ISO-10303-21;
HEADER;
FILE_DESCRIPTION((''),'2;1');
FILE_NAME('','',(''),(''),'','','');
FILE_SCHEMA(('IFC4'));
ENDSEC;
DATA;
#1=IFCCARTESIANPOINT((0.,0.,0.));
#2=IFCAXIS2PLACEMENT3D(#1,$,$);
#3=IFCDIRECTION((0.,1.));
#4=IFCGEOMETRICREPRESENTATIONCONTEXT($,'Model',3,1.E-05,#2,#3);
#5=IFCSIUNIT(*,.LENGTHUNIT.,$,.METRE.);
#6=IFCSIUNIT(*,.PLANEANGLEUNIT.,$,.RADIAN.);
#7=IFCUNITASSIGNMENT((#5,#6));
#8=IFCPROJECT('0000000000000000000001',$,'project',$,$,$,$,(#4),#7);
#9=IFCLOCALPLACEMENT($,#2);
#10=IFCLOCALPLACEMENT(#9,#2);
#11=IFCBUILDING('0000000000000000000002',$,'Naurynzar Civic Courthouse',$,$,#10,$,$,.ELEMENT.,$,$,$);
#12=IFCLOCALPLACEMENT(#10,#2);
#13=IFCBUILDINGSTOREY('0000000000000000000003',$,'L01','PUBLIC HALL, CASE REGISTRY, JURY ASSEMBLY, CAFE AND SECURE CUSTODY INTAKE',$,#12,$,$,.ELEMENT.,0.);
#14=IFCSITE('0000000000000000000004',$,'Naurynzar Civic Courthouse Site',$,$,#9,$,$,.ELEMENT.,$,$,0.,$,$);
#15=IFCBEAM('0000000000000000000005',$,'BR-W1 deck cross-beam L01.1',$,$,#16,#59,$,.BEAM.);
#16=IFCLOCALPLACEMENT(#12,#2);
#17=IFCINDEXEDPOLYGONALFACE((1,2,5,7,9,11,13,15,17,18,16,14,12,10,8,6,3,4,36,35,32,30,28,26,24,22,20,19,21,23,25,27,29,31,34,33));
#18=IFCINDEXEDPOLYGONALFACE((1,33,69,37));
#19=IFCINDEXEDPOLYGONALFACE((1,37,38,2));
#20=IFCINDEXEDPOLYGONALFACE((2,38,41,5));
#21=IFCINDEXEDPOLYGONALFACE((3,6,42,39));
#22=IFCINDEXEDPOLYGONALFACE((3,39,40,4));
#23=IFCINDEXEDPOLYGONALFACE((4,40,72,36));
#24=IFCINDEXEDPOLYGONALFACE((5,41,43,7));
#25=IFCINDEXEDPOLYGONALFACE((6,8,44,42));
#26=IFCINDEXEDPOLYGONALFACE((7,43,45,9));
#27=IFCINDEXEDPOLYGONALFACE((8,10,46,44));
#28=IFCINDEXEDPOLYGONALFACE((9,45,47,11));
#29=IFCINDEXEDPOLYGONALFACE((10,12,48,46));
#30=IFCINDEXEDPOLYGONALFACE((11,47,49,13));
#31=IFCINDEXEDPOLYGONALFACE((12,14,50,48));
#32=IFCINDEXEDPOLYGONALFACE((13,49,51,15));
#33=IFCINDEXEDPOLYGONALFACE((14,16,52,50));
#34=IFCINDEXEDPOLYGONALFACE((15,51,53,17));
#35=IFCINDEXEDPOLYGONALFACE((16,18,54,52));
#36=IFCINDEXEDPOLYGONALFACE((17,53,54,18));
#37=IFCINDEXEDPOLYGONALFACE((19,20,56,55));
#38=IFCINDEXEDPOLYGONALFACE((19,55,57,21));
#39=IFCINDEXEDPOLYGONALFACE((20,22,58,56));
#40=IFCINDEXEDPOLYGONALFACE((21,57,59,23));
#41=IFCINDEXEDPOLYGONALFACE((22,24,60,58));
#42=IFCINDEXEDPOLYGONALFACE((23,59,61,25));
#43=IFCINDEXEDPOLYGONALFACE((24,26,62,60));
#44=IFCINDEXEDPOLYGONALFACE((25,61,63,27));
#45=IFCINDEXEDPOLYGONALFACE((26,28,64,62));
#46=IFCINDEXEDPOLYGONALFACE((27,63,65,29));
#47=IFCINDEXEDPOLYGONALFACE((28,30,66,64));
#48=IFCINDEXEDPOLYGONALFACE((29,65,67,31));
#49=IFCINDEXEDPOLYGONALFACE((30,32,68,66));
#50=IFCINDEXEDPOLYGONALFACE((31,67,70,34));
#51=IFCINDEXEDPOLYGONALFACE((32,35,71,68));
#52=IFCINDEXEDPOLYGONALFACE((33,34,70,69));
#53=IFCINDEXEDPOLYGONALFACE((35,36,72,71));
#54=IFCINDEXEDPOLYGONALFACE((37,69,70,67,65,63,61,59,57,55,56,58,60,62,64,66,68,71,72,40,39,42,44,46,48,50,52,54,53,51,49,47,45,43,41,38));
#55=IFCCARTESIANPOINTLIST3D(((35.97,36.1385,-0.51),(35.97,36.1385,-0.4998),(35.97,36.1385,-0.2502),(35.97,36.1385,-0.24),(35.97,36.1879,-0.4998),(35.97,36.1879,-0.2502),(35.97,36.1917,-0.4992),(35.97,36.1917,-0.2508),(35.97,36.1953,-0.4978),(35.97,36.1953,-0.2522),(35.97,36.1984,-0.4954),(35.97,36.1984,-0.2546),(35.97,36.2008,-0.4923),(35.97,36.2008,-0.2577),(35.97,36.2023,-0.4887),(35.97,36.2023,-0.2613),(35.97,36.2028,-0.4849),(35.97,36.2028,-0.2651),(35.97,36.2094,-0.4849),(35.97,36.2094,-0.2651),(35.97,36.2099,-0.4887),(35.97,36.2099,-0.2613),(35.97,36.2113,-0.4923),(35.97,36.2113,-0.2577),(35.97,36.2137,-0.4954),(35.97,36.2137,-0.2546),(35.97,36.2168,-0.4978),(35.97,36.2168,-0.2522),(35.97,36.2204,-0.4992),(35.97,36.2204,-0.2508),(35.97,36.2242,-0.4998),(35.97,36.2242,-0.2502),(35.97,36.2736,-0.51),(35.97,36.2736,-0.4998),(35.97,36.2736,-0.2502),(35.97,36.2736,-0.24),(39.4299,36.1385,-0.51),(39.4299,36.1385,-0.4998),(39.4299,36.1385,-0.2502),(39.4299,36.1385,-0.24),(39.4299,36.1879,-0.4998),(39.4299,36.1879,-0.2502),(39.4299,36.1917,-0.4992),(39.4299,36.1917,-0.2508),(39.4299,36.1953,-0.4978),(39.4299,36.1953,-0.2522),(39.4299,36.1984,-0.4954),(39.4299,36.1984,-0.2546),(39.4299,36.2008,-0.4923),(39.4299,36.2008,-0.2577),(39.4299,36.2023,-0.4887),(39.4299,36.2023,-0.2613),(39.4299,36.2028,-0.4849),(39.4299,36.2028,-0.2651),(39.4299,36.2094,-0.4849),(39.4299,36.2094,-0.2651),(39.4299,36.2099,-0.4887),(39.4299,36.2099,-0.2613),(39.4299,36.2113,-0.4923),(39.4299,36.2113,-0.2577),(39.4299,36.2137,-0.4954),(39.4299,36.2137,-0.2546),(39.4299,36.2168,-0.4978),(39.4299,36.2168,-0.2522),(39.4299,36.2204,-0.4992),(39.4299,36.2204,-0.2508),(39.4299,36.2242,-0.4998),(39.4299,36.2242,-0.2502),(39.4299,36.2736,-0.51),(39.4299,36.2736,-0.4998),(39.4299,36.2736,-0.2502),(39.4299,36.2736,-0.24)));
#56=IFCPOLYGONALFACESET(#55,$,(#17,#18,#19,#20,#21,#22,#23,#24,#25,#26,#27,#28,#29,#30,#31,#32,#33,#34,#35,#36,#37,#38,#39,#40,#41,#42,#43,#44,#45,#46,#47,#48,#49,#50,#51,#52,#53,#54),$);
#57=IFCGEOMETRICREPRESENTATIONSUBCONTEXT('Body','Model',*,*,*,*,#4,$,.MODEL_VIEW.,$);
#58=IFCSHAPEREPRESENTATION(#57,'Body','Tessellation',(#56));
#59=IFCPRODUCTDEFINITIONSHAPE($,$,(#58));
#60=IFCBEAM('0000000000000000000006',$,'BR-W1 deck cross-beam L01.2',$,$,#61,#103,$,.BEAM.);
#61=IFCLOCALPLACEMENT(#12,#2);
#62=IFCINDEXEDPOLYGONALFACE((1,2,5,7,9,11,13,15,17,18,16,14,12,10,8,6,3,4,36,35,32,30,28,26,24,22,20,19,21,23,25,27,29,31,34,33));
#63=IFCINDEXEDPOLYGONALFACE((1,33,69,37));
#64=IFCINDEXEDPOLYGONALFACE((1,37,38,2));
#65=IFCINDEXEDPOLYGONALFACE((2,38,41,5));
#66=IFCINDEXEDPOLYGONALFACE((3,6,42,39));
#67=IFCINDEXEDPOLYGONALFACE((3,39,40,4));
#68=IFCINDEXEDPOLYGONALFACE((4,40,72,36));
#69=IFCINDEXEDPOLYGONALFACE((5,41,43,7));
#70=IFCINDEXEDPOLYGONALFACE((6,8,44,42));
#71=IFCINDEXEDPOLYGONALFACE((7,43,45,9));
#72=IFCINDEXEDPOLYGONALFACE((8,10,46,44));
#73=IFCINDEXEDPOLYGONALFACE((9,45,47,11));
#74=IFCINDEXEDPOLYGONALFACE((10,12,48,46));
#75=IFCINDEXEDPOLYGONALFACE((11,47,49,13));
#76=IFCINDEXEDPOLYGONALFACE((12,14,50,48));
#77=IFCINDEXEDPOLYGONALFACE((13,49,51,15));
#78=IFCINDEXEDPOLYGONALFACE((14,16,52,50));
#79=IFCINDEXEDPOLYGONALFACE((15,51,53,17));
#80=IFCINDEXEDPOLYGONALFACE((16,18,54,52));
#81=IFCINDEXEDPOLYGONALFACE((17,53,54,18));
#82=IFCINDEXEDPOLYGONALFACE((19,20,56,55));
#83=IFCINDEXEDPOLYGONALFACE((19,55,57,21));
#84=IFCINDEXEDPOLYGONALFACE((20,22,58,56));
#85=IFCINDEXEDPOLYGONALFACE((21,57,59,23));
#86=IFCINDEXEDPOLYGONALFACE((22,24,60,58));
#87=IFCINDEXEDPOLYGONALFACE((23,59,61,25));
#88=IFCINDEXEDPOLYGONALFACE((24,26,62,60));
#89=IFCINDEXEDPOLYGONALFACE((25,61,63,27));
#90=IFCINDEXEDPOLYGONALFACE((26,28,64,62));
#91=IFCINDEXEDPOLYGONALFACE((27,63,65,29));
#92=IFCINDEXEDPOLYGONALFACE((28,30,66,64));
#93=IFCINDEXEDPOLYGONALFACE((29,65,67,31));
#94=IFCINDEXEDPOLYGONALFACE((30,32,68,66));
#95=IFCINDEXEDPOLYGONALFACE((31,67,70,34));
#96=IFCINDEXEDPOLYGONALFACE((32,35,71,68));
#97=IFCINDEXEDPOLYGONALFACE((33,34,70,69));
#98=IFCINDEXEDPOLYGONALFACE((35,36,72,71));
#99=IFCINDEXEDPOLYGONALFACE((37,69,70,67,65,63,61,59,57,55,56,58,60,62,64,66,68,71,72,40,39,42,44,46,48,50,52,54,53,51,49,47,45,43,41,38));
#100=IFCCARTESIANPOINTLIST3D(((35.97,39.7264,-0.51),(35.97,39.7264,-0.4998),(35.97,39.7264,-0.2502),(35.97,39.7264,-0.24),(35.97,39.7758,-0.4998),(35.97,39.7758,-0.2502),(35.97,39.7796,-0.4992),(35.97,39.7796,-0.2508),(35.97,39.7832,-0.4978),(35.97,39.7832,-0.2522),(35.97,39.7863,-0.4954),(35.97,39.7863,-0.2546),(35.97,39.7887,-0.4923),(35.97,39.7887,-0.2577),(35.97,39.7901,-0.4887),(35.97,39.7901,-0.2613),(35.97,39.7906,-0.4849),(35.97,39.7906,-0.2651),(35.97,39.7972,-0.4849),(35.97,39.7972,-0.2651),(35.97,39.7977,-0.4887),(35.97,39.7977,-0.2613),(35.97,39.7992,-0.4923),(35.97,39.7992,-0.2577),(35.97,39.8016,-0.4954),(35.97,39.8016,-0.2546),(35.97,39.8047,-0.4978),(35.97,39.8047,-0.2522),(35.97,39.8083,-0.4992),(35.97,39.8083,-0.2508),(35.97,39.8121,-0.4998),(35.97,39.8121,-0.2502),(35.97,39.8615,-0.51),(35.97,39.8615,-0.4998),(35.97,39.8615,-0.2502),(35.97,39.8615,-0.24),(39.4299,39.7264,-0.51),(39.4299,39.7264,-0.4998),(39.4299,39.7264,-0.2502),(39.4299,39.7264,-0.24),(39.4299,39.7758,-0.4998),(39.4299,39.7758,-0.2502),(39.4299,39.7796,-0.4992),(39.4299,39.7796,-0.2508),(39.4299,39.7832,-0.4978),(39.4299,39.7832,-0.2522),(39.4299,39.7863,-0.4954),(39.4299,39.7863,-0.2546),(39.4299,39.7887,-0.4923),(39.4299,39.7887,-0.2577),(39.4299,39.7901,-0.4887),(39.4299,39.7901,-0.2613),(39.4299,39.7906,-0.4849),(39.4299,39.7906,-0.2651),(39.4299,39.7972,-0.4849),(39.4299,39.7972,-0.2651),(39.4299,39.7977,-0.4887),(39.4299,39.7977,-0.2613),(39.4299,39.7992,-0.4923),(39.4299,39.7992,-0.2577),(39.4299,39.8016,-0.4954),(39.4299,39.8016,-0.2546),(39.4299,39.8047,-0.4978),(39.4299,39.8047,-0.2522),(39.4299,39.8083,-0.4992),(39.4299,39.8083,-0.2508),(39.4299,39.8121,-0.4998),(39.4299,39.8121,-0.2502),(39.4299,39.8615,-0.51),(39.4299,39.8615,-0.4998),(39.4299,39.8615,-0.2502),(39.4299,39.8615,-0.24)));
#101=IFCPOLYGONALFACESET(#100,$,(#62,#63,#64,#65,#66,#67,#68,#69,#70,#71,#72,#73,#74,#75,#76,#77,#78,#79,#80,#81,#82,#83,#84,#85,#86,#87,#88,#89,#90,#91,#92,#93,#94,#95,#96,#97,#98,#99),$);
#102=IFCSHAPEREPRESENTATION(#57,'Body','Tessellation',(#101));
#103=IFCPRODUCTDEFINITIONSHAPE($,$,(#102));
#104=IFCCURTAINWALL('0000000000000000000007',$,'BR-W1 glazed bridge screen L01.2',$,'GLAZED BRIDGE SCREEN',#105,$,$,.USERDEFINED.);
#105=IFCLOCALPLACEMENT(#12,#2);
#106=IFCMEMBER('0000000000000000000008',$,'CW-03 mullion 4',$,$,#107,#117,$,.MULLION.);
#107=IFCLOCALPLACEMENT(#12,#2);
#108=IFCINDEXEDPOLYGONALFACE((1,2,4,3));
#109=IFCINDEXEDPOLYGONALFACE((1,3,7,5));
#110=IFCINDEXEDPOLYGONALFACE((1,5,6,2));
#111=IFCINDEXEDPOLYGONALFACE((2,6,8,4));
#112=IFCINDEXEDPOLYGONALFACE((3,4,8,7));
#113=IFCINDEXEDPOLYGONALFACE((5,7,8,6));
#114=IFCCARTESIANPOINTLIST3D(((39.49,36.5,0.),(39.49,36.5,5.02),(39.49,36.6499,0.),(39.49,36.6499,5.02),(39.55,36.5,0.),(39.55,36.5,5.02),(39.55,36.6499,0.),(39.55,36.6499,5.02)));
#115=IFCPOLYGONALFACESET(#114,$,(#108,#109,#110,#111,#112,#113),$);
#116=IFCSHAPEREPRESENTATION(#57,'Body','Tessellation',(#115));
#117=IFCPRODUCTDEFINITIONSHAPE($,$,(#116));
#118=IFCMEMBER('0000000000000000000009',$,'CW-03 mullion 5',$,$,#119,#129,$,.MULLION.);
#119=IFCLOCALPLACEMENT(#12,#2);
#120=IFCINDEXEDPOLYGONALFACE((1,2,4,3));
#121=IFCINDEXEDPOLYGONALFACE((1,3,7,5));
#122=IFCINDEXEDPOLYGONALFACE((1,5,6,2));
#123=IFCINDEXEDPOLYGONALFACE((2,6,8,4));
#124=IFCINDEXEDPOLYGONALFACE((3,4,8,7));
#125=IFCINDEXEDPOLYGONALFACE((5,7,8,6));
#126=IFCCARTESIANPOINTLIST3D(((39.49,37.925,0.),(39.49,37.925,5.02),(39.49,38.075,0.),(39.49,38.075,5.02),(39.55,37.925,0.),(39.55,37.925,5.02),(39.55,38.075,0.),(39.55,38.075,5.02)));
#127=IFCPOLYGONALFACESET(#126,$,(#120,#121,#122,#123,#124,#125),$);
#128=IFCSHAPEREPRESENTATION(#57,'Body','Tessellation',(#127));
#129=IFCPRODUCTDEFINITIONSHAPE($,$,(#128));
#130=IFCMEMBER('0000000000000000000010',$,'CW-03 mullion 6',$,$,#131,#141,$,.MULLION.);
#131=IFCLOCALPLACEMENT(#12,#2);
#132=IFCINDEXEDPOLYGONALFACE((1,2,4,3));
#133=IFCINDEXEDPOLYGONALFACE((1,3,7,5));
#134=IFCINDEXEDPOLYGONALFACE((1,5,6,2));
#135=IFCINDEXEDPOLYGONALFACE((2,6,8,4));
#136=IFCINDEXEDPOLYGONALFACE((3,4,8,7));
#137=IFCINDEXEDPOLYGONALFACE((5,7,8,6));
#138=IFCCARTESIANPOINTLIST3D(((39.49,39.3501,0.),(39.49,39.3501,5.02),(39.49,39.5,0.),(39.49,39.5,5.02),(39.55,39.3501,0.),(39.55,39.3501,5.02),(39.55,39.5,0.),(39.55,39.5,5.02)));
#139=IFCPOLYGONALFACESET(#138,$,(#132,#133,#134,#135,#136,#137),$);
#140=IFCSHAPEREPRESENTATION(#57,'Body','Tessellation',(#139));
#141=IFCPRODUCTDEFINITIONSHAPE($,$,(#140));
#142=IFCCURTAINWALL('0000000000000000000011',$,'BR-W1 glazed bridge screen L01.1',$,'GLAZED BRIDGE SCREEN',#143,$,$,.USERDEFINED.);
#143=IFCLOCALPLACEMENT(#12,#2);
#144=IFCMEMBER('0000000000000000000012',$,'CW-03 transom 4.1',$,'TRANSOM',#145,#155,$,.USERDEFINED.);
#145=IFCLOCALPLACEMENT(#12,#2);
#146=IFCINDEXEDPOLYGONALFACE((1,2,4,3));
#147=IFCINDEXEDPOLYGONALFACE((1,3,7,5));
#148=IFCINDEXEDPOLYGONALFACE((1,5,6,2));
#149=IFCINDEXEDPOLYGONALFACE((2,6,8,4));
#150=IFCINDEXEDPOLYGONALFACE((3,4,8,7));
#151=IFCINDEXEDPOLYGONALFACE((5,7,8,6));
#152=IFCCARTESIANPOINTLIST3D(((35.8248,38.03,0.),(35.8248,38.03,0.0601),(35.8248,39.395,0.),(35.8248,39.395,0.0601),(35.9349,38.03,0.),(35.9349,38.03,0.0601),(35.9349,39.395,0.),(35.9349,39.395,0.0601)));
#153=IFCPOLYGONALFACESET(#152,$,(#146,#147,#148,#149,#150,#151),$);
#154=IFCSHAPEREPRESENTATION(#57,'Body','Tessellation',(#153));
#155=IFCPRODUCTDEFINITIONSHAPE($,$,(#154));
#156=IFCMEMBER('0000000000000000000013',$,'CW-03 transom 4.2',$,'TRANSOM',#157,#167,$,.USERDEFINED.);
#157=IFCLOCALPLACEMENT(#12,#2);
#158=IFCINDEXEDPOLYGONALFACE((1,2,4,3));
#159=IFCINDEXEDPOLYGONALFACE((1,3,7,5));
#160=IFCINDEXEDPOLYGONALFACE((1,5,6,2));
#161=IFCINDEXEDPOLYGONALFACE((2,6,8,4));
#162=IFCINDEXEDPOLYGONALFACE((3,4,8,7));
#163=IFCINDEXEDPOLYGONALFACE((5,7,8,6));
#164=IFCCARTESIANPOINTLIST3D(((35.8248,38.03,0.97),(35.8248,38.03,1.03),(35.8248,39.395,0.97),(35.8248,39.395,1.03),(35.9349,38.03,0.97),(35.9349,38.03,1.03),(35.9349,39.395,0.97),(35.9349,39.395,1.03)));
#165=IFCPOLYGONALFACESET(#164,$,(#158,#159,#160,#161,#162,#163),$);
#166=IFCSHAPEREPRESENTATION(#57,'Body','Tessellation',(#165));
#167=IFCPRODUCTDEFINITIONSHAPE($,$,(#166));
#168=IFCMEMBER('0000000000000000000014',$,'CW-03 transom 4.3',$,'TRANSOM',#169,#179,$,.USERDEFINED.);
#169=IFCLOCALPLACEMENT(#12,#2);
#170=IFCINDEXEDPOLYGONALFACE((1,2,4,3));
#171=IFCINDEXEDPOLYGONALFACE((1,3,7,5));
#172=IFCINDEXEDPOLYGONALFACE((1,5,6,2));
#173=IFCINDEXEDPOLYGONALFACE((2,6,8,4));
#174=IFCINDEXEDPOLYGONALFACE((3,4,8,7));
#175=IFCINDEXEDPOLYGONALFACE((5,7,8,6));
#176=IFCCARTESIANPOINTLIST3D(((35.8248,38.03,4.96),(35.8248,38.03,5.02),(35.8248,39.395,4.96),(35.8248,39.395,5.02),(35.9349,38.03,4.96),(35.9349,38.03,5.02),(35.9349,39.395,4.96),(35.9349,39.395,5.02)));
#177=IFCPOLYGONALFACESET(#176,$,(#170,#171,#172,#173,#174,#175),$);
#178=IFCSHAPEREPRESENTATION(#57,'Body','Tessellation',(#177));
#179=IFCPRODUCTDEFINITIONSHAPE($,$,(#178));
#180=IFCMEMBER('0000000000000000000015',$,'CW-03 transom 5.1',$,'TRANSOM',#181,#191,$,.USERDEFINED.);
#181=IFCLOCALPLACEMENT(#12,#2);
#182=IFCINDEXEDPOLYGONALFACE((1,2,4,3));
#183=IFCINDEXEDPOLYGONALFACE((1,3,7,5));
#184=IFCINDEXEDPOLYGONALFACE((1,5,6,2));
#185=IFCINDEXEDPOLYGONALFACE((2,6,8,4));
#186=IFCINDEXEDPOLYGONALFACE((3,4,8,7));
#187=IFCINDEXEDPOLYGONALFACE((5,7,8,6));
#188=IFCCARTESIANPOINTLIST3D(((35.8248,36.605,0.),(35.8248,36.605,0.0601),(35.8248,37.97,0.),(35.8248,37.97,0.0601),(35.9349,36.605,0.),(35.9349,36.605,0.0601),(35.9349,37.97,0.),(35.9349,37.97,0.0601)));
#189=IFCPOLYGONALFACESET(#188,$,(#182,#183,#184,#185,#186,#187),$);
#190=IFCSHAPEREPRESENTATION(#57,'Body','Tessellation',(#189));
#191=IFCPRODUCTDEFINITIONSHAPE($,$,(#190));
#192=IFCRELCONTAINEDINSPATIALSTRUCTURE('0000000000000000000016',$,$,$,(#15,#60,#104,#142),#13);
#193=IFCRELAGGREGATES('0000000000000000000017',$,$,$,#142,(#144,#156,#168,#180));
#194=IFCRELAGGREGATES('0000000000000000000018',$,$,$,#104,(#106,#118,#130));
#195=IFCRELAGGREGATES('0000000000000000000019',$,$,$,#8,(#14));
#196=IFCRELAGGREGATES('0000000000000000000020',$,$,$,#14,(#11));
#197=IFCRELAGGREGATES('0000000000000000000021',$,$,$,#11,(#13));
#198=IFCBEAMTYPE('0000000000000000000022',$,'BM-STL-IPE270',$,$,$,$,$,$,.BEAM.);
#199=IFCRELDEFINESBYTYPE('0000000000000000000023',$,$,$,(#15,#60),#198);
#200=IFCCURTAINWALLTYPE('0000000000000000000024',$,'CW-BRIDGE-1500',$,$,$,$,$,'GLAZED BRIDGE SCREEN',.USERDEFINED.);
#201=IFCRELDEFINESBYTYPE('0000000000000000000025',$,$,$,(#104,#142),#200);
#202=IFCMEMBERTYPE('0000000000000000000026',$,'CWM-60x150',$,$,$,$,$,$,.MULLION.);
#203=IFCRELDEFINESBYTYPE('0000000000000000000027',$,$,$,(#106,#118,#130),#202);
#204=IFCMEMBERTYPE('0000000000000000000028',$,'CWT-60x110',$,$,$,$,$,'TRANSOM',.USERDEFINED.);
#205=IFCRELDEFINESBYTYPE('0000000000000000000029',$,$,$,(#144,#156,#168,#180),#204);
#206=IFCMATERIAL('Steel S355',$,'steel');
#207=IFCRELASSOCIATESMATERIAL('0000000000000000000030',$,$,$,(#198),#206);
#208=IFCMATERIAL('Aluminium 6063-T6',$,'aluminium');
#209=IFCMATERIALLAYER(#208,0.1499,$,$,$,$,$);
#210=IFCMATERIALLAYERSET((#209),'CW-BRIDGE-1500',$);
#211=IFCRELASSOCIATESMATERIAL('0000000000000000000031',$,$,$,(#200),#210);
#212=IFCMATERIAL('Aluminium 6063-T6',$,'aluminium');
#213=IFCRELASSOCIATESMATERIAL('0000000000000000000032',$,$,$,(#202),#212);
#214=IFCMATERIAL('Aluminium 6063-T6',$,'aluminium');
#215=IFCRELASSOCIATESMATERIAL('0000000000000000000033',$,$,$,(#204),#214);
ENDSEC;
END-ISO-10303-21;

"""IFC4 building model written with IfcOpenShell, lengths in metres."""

from ifc_helpers import new_model, si_unit, direction, frame, origin, origin_2d, place, context, subcontext, project, spatial, rectangle, i_section, extrude, material, layer, layer_set, material_profile, profile_set, type_object, element, aggregate, save


model = new_model("IFC4")

# Units and contexts
model_context = context("Model", 3, precision=1e-05, world=origin(), true_north=direction((0.0, 1.0)))
body_context = subcontext(model_context, "Body", "Model", "MODEL_VIEW")
ifc_project = project(units=[si_unit("LENGTHUNIT", "METRE"), si_unit("PLANEANGLEUNIT", "RADIAN")], contexts=[model_context])

# Site, building, storey
site_placement = place(None, origin())
site = spatial("IfcSite", under=ifc_project, at=site_placement, Name="Naurynzar Civic Courthouse Site", CompositionType="ELEMENT", RefElevation=0.0)
building_placement = place(site_placement, origin())
building = spatial("IfcBuilding", under=site, at=building_placement, Name="Naurynzar Civic Courthouse", CompositionType="ELEMENT")
storey_placement = place(building_placement, origin())
storey = spatial("IfcBuildingStorey", under=building, at=storey_placement, Name="L01", Description="PUBLIC HALL, CASE REGISTRY, JURY ASSEMBLY, CAFE AND SECURE CUSTODY INTAKE", CompositionType="ELEMENT", Elevation=0.0)

# Beams
ifc_material_1 = material(Name="Steel S355", Category="steel")
ifc_material_profile_1 = material_profile(ifc_material_1, i_section(OverallWidth=0.135, OverallDepth=0.27, WebThickness=0.0066, FlangeThickness=0.0103, FilletRadius=0.0149, at=origin_2d()), Name="IPE 270")
ifc_profile_set_1 = profile_set([ifc_material_profile_1], Name="Steel S355")
beam_type = type_object("IfcBeamType", Name="BM-STL-IPE270", PredefinedType="BEAM", material=ifc_profile_set_1)
for number, where, z_axis, x_axis, name in (
    (1, (35.97, 36.2061, -0.375), (1.0, 0.0, 0.0), (0.0, 1.0, 0.0), "BR-W1 deck cross-beam L01.1"),
    (2, (35.97, 39.7939, -0.375), (1.0, 0.0, 0.0), (0.0, 1.0, 0.0), "BR-W1 deck cross-beam L01.2"),
):
    element("IfcBeam", number, at=place(storey_placement, frame(where, z_axis=z_axis, x_axis=x_axis)), inside=storey, type_object=beam_type, Name=name, PredefinedType="BEAM", context=body_context, shape_type="SweptSolid", body=[
        extrude(i_section(OverallWidth=0.135, OverallDepth=0.27, WebThickness=0.0066, FlangeThickness=0.0103, FilletRadius=0.0149, at=origin_2d()), origin(), (0.0, 0.0, 1.0), 3.46),
    ])

# Curtain walls, members
ifc_material_2 = material(Name="Aluminium 6063-T6", Category="aluminium")
ifc_layer_1 = layer(ifc_material_2, 0.1499)
ifc_layer_set_1 = layer_set([ifc_layer_1], Name="CW-BRIDGE-1500")
curtain_wall_type = type_object("IfcCurtainWallType", Name="CW-BRIDGE-1500", ElementType="GLAZED BRIDGE SCREEN", PredefinedType="USERDEFINED", material=ifc_layer_set_1)
curtain_wall_1_placement = place(storey_placement, origin())
curtain_wall_1 = element("IfcCurtainWall", 3, at=curtain_wall_1_placement, inside=storey, type_object=curtain_wall_type, Name="BR-W1 glazed bridge screen L01.2", ObjectType="GLAZED BRIDGE SCREEN", PredefinedType="USERDEFINED")
ifc_material_3 = material(Name="Aluminium 6063-T6", Category="aluminium")
ifc_material_profile_2 = material_profile(ifc_material_3, rectangle(XDim=0.0601, YDim=0.1499, at=origin_2d()), Name="ALU MULLION 60x150")
ifc_profile_set_2 = profile_set([ifc_material_profile_2], Name="Aluminium 6063-T6")
member_type_1 = type_object("IfcMemberType", Name="CWM-60x150", PredefinedType="MULLION", material=ifc_profile_set_2)
member_1_placement = place(storey_placement, frame((39.52, 36.575, 0.0), z_axis=(0.0, 0.0, 1.0), x_axis=(-1.0, 0.0, 0.0)))
member_1 = element("IfcMember", 4, at=member_1_placement, type_object=member_type_1, Name="CW-03 mullion 4", PredefinedType="MULLION", context=body_context, shape_type="SweptSolid", body=[
    extrude(rectangle(XDim=0.0601, YDim=0.1499, at=origin_2d()), origin(), (0.0, 0.0, 1.0), 5.02),
])
member_2_placement = place(storey_placement, frame((39.52, 38.0, 0.0), z_axis=(0.0, 0.0, 1.0), x_axis=(-1.0, 0.0, 0.0)))
member_2 = element("IfcMember", 5, at=member_2_placement, type_object=member_type_1, Name="CW-03 mullion 5", PredefinedType="MULLION", context=body_context, shape_type="SweptSolid", body=[
    extrude(rectangle(XDim=0.0601, YDim=0.1499, at=origin_2d()), origin(), (0.0, 0.0, 1.0), 5.02),
])
member_3_placement = place(storey_placement, frame((39.52, 39.425, 0.0), z_axis=(0.0, 0.0, 1.0), x_axis=(-1.0, 0.0, 0.0)))
member_3 = element("IfcMember", 6, at=member_3_placement, type_object=member_type_1, Name="CW-03 mullion 6", PredefinedType="MULLION", context=body_context, shape_type="SweptSolid", body=[
    extrude(rectangle(XDim=0.0601, YDim=0.1499, at=origin_2d()), origin(), (0.0, 0.0, 1.0), 5.02),
])
curtain_wall_2_placement = place(storey_placement, origin())
curtain_wall_2 = element("IfcCurtainWall", 7, at=curtain_wall_2_placement, inside=storey, type_object=curtain_wall_type, Name="BR-W1 glazed bridge screen L01.1", ObjectType="GLAZED BRIDGE SCREEN", PredefinedType="USERDEFINED")
ifc_material_4 = material(Name="Aluminium 6063-T6", Category="aluminium")
ifc_material_profile_3 = material_profile(ifc_material_4, rectangle(XDim=0.1101, YDim=0.0601, at=origin_2d()), Name="ALU TRANSOM 60x110")
ifc_profile_set_3 = profile_set([ifc_material_profile_3], Name="Aluminium 6063-T6")
member_type_2 = type_object("IfcMemberType", Name="CWT-60x110", ElementType="TRANSOM", PredefinedType="USERDEFINED", material=ifc_profile_set_3)
member_4_placement = place(storey_placement, frame((35.8799, 39.395, 0.03), z_axis=(0.0, -1.0, 0.0), x_axis=(1.0, 0.0, 0.0)))
member_4 = element("IfcMember", 8, at=member_4_placement, type_object=member_type_2, Name="CW-03 transom 4.1", ObjectType="TRANSOM", PredefinedType="USERDEFINED", context=body_context, shape_type="SweptSolid", body=[
    extrude(rectangle(XDim=0.1101, YDim=0.0601, at=origin_2d()), origin(), (0.0, 0.0, 1.0), 1.365),
])
member_5_placement = place(storey_placement, frame((35.8799, 39.395, 1.0), z_axis=(0.0, -1.0, 0.0), x_axis=(1.0, 0.0, 0.0)))
member_5 = element("IfcMember", 9, at=member_5_placement, type_object=member_type_2, Name="CW-03 transom 4.2", ObjectType="TRANSOM", PredefinedType="USERDEFINED", context=body_context, shape_type="SweptSolid", body=[
    extrude(rectangle(XDim=0.1101, YDim=0.0601, at=origin_2d()), origin(), (0.0, 0.0, 1.0), 1.365),
])
member_6_placement = place(storey_placement, frame((35.8799, 39.395, 4.99), z_axis=(0.0, -1.0, 0.0), x_axis=(1.0, 0.0, 0.0)))
member_6 = element("IfcMember", 10, at=member_6_placement, type_object=member_type_2, Name="CW-03 transom 4.3", ObjectType="TRANSOM", PredefinedType="USERDEFINED", context=body_context, shape_type="SweptSolid", body=[
    extrude(rectangle(XDim=0.1101, YDim=0.0601, at=origin_2d()), origin(), (0.0, 0.0, 1.0), 1.365),
])
member_7_placement = place(storey_placement, frame((35.8799, 37.97, 0.03), z_axis=(0.0, -1.0, 0.0), x_axis=(1.0, 0.0, 0.0)))
member_7 = element("IfcMember", 11, at=member_7_placement, type_object=member_type_2, Name="CW-03 transom 5.1", ObjectType="TRANSOM", PredefinedType="USERDEFINED", context=body_context, shape_type="SweptSolid", body=[
    extrude(rectangle(XDim=0.1101, YDim=0.0601, at=origin_2d()), origin(), (0.0, 0.0, 1.0), 1.365),
])

aggregate(curtain_wall_2, [member_4, member_5, member_6, member_7])
aggregate(curtain_wall_1, [member_1, member_2, member_3])

save(model, "model.ifc")
